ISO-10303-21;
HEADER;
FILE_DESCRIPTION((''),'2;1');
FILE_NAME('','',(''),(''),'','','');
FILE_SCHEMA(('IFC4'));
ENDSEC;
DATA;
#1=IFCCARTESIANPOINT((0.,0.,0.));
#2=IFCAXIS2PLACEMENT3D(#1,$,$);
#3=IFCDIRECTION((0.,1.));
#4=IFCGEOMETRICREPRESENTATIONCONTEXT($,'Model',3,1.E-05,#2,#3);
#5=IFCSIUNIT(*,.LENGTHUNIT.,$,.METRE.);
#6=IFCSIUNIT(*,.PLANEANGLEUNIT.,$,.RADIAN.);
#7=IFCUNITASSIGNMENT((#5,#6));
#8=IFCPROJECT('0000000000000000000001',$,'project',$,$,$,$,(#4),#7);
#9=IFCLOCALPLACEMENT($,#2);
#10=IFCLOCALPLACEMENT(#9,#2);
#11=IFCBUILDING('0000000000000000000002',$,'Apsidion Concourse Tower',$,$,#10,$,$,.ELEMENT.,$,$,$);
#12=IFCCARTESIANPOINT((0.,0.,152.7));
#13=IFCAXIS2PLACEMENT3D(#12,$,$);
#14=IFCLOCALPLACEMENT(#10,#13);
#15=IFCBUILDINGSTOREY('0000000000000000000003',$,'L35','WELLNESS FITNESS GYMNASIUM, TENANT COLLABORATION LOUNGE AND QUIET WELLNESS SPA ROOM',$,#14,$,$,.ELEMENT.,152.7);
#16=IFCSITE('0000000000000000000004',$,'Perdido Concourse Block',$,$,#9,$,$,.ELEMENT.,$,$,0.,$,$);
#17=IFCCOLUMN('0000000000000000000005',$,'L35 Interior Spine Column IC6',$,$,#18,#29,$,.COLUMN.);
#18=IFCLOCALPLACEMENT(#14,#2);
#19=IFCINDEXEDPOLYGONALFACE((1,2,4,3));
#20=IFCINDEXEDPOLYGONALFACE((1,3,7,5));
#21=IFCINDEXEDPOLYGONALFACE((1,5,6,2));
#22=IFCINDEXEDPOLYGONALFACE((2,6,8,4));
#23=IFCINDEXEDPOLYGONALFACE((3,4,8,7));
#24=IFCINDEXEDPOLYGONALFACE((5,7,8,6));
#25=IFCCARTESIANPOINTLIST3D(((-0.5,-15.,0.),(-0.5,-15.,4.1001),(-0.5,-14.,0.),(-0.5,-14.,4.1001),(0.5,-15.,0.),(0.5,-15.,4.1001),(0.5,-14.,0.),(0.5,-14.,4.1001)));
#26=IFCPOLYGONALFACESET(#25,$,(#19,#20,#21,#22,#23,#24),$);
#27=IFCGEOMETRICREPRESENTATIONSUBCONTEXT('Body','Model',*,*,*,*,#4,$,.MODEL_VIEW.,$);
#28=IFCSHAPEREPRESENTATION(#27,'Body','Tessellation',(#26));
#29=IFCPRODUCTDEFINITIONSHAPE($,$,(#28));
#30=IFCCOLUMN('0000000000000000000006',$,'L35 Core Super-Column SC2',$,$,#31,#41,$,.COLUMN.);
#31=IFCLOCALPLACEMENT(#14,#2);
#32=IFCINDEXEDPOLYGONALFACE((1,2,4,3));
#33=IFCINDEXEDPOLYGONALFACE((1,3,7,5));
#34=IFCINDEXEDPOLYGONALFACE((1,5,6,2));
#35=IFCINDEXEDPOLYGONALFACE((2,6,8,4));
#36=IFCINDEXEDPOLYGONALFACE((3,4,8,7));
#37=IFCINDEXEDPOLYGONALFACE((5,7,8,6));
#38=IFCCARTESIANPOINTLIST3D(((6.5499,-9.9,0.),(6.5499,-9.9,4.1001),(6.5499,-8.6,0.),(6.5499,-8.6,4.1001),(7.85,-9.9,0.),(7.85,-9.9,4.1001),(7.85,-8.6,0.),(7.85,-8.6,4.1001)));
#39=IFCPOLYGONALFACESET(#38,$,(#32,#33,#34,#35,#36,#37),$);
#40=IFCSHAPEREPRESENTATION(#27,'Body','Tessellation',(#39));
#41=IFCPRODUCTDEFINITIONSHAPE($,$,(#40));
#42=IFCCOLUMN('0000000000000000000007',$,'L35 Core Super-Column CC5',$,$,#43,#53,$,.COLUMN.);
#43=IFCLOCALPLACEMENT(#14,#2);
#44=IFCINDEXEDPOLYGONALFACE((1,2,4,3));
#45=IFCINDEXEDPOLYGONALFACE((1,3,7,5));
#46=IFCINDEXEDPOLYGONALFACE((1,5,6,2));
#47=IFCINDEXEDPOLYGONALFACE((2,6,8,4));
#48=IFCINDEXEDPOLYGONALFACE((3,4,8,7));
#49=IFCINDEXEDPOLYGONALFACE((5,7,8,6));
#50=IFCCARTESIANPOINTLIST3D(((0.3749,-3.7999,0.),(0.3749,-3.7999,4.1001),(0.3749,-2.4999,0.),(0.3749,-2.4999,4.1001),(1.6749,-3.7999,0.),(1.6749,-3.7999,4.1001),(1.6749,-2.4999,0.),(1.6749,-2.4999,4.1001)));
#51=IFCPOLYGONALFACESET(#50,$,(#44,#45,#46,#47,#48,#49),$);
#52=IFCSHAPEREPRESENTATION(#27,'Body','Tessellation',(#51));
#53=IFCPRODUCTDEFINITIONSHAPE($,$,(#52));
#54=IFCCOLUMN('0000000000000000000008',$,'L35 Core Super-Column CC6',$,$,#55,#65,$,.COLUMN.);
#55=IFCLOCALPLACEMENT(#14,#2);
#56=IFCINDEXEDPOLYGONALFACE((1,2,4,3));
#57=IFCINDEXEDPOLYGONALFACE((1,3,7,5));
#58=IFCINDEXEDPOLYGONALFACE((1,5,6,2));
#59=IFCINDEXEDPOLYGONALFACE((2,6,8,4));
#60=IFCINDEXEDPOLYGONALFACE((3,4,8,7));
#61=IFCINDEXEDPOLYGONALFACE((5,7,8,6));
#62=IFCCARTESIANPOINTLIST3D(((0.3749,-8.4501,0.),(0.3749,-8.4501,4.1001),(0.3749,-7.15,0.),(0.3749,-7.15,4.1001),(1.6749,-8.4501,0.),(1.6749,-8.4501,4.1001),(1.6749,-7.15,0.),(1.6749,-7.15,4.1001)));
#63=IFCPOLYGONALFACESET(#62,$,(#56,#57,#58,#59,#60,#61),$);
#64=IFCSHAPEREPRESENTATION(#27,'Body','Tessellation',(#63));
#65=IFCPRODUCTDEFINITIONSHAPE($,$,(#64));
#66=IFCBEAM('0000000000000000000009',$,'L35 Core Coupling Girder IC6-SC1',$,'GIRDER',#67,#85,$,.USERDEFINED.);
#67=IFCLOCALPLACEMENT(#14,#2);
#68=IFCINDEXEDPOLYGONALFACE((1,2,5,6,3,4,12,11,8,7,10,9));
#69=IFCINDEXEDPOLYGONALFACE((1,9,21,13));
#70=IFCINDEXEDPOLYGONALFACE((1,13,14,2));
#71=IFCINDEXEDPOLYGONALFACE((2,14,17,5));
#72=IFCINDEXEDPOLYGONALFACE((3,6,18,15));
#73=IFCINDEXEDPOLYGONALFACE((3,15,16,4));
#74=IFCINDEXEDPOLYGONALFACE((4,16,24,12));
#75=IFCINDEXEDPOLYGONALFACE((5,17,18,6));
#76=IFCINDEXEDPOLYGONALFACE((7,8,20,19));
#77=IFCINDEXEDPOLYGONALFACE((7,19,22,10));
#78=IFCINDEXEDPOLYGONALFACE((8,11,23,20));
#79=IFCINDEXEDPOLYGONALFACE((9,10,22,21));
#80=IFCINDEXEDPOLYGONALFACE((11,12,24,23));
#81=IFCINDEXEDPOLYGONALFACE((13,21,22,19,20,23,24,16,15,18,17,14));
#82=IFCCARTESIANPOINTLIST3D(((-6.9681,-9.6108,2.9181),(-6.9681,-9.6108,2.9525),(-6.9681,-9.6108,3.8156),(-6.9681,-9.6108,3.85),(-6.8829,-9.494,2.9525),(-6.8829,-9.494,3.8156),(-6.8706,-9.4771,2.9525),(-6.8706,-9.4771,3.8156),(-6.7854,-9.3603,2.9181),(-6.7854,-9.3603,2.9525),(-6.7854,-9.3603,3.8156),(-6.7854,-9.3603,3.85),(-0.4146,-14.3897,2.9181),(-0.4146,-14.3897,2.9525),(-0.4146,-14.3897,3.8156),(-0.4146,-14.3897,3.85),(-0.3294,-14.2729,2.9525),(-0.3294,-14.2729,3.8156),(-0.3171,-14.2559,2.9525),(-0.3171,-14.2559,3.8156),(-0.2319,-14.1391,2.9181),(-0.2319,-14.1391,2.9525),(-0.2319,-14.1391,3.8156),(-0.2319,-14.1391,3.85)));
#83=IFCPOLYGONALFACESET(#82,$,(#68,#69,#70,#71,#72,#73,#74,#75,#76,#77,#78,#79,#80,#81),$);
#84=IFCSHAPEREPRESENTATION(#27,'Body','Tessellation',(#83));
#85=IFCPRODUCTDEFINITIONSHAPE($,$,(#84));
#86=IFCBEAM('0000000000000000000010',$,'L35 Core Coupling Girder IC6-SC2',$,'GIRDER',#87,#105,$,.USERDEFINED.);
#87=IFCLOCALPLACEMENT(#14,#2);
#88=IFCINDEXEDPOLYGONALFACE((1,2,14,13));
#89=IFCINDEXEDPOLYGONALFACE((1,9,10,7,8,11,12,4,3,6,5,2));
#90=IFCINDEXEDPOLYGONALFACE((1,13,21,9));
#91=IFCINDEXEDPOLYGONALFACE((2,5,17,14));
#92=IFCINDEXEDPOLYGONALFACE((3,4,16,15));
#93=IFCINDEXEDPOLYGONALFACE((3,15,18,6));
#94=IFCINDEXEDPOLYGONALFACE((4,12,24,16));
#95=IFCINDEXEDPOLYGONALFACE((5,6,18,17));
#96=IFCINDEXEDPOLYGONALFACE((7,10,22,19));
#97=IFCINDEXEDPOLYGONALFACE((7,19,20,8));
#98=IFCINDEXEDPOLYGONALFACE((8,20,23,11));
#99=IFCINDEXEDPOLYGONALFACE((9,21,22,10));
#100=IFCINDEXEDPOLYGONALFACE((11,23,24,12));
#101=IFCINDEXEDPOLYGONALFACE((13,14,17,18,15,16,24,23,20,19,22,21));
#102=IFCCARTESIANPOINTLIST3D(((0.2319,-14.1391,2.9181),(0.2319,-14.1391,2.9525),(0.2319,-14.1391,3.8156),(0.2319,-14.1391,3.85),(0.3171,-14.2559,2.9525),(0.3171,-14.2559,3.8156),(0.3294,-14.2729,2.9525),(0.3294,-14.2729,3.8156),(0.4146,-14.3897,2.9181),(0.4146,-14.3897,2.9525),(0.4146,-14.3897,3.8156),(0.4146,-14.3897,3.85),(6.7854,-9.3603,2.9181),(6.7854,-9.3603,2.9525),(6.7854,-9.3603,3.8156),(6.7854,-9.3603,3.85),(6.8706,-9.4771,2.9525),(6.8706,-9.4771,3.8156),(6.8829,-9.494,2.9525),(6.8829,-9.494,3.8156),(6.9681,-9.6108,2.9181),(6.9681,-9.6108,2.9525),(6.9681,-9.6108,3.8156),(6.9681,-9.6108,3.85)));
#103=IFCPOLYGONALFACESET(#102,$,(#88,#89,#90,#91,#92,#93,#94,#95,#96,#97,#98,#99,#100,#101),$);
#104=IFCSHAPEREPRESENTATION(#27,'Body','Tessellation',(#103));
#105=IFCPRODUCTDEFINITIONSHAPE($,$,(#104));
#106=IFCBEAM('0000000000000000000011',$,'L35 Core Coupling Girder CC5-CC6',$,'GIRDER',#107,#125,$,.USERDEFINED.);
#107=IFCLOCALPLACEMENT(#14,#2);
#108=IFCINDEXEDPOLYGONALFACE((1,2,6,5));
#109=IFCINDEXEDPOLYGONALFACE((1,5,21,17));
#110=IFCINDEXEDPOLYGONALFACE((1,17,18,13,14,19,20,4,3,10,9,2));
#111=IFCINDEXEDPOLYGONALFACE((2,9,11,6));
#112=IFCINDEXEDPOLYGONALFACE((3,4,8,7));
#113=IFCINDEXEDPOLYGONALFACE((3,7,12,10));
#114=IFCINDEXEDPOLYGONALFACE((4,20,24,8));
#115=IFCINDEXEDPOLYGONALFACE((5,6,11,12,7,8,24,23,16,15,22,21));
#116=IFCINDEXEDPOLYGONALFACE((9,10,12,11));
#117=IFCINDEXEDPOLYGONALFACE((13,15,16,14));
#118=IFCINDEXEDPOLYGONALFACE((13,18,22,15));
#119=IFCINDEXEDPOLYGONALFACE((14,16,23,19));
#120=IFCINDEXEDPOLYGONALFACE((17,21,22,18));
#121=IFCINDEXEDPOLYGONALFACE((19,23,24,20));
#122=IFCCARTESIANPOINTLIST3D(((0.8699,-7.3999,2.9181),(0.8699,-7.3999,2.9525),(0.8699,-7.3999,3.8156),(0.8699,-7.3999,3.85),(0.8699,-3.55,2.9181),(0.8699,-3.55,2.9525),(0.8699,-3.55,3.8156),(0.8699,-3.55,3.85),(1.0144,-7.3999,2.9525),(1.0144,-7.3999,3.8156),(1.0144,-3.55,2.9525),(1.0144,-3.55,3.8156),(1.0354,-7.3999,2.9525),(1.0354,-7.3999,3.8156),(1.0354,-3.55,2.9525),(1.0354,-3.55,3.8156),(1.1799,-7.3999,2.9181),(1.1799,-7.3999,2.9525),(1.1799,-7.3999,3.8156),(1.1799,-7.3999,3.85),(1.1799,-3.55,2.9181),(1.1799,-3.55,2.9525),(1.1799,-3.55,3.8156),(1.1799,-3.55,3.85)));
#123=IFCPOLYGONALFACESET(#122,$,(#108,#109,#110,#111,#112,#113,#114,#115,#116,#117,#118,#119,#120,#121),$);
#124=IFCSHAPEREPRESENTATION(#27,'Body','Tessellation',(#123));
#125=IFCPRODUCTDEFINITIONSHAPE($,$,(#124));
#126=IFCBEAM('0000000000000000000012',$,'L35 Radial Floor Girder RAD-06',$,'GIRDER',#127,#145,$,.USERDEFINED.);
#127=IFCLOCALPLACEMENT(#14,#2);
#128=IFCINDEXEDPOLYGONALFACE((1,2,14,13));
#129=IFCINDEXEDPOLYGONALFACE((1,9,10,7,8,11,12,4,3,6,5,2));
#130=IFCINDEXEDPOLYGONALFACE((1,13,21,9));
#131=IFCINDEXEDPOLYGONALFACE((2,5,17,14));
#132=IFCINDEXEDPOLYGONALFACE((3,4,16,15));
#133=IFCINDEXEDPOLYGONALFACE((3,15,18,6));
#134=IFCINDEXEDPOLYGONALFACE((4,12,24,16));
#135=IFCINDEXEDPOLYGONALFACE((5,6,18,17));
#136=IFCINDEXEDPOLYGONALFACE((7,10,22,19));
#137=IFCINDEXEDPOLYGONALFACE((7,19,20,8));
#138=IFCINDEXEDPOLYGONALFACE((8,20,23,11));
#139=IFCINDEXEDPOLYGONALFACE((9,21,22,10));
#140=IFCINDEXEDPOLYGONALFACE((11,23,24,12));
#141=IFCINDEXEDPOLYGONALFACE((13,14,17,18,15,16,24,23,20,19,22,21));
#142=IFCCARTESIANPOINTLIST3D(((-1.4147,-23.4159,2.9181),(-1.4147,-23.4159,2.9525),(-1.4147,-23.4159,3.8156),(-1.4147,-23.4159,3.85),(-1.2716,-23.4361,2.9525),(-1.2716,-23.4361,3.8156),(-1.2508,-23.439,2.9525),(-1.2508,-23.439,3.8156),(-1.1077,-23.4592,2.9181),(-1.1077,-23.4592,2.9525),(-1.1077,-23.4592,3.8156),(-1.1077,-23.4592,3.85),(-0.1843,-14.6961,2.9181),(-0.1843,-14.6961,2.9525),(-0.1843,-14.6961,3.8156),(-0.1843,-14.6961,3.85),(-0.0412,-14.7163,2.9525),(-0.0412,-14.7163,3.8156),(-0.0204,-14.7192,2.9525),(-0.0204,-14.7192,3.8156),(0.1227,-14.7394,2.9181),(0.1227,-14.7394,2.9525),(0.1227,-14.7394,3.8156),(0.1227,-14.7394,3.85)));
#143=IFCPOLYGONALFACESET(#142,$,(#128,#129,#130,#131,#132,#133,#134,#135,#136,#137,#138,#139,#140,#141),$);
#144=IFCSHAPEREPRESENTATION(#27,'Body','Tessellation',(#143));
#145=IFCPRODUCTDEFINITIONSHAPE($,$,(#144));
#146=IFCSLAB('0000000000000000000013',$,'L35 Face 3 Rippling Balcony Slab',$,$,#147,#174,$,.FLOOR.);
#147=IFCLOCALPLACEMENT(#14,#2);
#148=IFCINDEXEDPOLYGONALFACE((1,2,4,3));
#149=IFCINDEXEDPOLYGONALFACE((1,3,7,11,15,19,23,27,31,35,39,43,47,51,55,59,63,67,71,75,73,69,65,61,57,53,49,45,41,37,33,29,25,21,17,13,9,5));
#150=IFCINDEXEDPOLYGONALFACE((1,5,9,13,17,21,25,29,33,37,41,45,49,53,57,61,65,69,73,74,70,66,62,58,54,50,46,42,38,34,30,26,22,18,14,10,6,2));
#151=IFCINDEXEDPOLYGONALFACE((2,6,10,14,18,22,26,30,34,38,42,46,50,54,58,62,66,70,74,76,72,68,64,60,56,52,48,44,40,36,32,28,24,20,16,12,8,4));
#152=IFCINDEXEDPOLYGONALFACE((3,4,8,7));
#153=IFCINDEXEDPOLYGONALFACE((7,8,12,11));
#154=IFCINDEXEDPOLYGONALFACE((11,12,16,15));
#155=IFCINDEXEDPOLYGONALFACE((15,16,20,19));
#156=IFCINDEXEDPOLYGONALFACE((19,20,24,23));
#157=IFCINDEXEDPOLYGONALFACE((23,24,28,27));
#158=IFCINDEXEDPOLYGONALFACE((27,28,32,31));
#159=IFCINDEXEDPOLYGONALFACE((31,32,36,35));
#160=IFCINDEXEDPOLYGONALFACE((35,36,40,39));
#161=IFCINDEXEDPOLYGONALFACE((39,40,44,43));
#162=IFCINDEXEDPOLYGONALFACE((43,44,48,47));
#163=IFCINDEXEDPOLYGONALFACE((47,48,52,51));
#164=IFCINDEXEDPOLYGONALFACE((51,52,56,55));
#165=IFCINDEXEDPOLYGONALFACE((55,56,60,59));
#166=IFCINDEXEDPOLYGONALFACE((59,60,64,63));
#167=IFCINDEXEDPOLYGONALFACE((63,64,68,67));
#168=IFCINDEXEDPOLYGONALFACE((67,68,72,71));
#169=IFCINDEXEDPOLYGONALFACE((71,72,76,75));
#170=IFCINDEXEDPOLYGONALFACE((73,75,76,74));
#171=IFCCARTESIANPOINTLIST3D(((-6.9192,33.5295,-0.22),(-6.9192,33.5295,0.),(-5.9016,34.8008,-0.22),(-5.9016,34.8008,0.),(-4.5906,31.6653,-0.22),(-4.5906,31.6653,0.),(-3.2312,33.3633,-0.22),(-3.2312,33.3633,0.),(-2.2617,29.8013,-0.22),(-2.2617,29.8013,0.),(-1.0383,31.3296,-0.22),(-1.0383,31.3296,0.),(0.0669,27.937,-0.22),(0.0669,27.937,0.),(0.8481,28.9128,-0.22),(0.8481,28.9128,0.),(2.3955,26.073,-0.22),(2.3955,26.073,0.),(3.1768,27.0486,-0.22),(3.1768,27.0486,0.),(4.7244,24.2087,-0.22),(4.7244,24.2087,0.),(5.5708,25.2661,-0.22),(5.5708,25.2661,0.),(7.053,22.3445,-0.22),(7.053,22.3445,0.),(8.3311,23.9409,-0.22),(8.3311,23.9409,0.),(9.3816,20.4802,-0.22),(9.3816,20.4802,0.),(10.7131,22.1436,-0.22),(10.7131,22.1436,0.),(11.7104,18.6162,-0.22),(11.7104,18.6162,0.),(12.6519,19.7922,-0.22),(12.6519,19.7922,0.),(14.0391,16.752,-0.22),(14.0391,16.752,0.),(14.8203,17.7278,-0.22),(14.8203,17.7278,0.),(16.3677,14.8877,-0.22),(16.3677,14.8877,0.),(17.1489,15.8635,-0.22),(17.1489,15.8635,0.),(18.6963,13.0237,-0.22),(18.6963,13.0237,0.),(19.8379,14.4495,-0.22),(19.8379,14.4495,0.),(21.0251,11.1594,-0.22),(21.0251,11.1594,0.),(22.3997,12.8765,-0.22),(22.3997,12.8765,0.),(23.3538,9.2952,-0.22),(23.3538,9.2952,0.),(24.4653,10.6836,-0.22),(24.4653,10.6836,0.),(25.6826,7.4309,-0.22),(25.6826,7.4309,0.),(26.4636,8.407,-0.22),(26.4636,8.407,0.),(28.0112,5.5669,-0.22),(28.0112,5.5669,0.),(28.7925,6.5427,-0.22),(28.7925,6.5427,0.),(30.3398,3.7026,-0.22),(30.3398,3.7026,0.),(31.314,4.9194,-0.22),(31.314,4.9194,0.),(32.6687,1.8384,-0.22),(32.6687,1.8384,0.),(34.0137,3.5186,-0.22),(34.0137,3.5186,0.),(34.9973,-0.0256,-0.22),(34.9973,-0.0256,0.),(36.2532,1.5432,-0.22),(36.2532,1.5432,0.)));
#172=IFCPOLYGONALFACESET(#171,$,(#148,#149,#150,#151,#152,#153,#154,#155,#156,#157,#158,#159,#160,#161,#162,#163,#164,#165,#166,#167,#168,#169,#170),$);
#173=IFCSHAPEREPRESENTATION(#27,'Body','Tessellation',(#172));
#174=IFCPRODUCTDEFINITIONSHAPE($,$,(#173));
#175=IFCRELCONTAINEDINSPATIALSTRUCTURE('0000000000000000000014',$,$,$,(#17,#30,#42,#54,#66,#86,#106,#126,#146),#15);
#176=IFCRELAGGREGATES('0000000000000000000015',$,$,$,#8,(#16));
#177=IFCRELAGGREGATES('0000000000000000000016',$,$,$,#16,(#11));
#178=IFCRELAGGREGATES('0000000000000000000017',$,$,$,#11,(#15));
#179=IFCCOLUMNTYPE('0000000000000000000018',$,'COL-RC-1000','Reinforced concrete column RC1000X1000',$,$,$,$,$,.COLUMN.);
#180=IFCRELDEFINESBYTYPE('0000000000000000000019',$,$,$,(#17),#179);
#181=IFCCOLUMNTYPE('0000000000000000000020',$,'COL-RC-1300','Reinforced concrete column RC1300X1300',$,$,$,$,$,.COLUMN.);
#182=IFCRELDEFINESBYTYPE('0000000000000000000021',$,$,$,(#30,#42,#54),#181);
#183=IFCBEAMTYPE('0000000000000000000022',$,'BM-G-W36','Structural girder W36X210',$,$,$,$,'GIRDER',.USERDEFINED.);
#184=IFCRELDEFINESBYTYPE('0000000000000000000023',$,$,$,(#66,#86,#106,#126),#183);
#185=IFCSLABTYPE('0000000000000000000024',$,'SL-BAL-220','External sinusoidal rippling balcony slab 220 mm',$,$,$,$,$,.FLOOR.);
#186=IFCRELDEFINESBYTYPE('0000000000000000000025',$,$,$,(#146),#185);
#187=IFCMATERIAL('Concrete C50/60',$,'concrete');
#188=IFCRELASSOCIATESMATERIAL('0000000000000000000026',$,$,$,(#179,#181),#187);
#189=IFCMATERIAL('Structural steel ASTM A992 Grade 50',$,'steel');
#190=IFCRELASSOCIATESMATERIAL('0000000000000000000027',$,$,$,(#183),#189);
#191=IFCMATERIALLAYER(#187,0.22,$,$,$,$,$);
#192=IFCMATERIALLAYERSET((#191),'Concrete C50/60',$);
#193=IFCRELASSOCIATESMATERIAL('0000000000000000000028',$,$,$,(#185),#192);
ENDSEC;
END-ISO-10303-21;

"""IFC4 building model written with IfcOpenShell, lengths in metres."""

from ifc_helpers import new_model, si_unit, direction, frame, origin, origin_2d, place, context, subcontext, project, spatial, polyline, rectangle, i_section, outline, extrude, material, layer, layer_set, material_profile, profile_set, type_object, element, save


model = new_model("IFC4")

# Units and contexts
model_context = context("Model", 3, precision=1e-05, world=origin(), true_north=direction((0.0, 1.0)))
body_context = subcontext(model_context, "Body", "Model", "MODEL_VIEW")
ifc_project = project(units=[si_unit("LENGTHUNIT", "METRE"), si_unit("PLANEANGLEUNIT", "RADIAN")], contexts=[model_context])

# Site, building, storey
site_placement = place(None, origin())
site = spatial("IfcSite", under=ifc_project, at=site_placement, Name="Perdido Concourse Block", CompositionType="ELEMENT", RefElevation=0.0)
building_placement = place(site_placement, origin())
building = spatial("IfcBuilding", under=site, at=building_placement, Name="Apsidion Concourse Tower", CompositionType="ELEMENT")
storey_placement = place(building_placement, frame((0.0, 0.0, 152.7)))
storey = spatial("IfcBuildingStorey", under=building, at=storey_placement, Name="L35", Description="WELLNESS FITNESS GYMNASIUM, TENANT COLLABORATION LOUNGE AND QUIET WELLNESS SPA ROOM", CompositionType="ELEMENT", Elevation=152.7)

# Columns
ifc_material_1 = material(Name="Concrete C50/60", Category="concrete")
ifc_material_profile_1 = material_profile(ifc_material_1, rectangle(XDim=1.0, YDim=1.0, at=origin_2d()), Name="RC 1000x1000")
ifc_profile_set_1 = profile_set([ifc_material_profile_1], Name="Concrete C50/60")
column_type_1 = type_object("IfcColumnType", Name="COL-RC-1000", Description="Reinforced concrete column RC1000X1000", PredefinedType="COLUMN", material=ifc_profile_set_1)
column_placement = place(storey_placement, frame((0.0, -14.5, 0.0), z_axis=(0.0, 0.0, 1.0), x_axis=(1.0, 0.0, 0.0)))
element("IfcColumn", 1, at=column_placement, inside=storey, type_object=column_type_1, Name="L35 Interior Spine Column IC6", PredefinedType="COLUMN", context=body_context, shape_type="SweptSolid", body=[
    extrude(rectangle(XDim=1.0, YDim=1.0, at=origin_2d()), origin(), (0.0, 0.0, 1.0), 4.1001),
])
ifc_material_profile_2 = material_profile(ifc_material_1, rectangle(XDim=1.3, YDim=1.3, at=origin_2d()), Name="RC 1300x1300")
ifc_profile_set_2 = profile_set([ifc_material_profile_2], Name="Concrete C50/60")
column_type_2 = type_object("IfcColumnType", Name="COL-RC-1300", Description="Reinforced concrete column RC1300X1300", PredefinedType="COLUMN", material=ifc_profile_set_2)
for number, where, z_axis, x_axis, name in (
    (2, (7.2, -9.25, 0.0), (0.0, 0.0, 1.0), (1.0, 0.0, 0.0), "L35 Core Super-Column SC2"),
    (3, (1.0249, -3.1499, 0.0), (0.0, 0.0, 1.0), (1.0, 0.0, 0.0), "L35 Core Super-Column CC5"),
    (4, (1.0249, -7.8, 0.0), (0.0, 0.0, 1.0), (1.0, 0.0, 0.0), "L35 Core Super-Column CC6"),
):
    element("IfcColumn", number, at=place(storey_placement, frame(where, z_axis=z_axis, x_axis=x_axis)), inside=storey, type_object=column_type_2, Name=name, PredefinedType="COLUMN", context=body_context, shape_type="SweptSolid", body=[
        extrude(rectangle(XDim=1.3, YDim=1.3, at=origin_2d()), origin(), (0.0, 0.0, 1.0), 4.1001),
    ])

# Beams
ifc_material_2 = material(Name="Structural steel ASTM A992 Grade 50", Category="steel")
ifc_material_profile_3 = material_profile(ifc_material_2, i_section(OverallWidth=0.3101, OverallDepth=0.9319, WebThickness=0.021, FlangeThickness=0.0344, at=origin_2d()), Name="W36X210")
ifc_profile_set_3 = profile_set([ifc_material_profile_3], Name="Structural steel ASTM A992 Grade 50")
beam_type = type_object("IfcBeamType", Name="BM-G-W36", Description="Structural girder W36X210", ElementType="GIRDER", PredefinedType="USERDEFINED", material=ifc_profile_set_3)
for number, where, z_axis, x_axis, name in (
    (5, (-0.3232, -14.2644, 3.384), (-0.807993, 0.589191, 0.0), (-0.589191, -0.807993, 0.0), "L35 Core Coupling Girder IC6-SC1"),
    (6, (0.3232, -14.2644, 3.384), (0.807993, 0.589191, 0.0), (-0.589191, 0.807993, 0.0), "L35 Core Coupling Girder IC6-SC2"),
):
    element("IfcBeam", number, at=place(storey_placement, frame(where, z_axis=z_axis, x_axis=x_axis)), inside=storey, type_object=beam_type, Name=name, ObjectType="GIRDER", PredefinedType="USERDEFINED", context=body_context, shape_type="SweptSolid", body=[
        extrude(i_section(OverallWidth=0.3101, OverallDepth=0.9319, WebThickness=0.021, FlangeThickness=0.0344, at=origin_2d()), origin(), (0.0, 0.0, 1.0), 8.1108),
    ])
beam_1_placement = place(storey_placement, frame((1.0249, -3.55, 3.384), z_axis=(0.0, -1.0, 0.0), x_axis=(1.0, 0.0, 0.0)))
element("IfcBeam", 7, at=beam_1_placement, inside=storey, type_object=beam_type, Name="L35 Core Coupling Girder CC5-CC6", ObjectType="GIRDER", PredefinedType="USERDEFINED", context=body_context, shape_type="SweptSolid", body=[
    extrude(i_section(OverallWidth=0.3101, OverallDepth=0.9319, WebThickness=0.021, FlangeThickness=0.0344, at=origin_2d()), origin(), (0.0, 0.0, 1.0), 3.8499),
])
beam_2_placement = place(storey_placement, frame((-0.0308, -14.7178, 3.384), z_axis=(-0.139729, -0.99019, 0.0), x_axis=(0.99019, -0.139729, 0.0)))
element("IfcBeam", 8, at=beam_2_placement, inside=storey, type_object=beam_type, Name="L35 Radial Floor Girder RAD-06", ObjectType="GIRDER", PredefinedType="USERDEFINED", context=body_context, shape_type="SweptSolid", body=[
    extrude(i_section(OverallWidth=0.3101, OverallDepth=0.9319, WebThickness=0.021, FlangeThickness=0.0344, at=origin_2d()), origin(), (0.0, 0.0, 1.0), 8.8062),
])

# Slab
ifc_layer_1 = layer(ifc_material_1, 0.22)
ifc_layer_set_1 = layer_set([ifc_layer_1], Name="Concrete C50/60")
slab_type_1 = type_object("IfcSlabType", Name="SL-BAL-220", Description="External sinusoidal rippling balcony slab 220 mm", PredefinedType="FLOOR", material=ifc_layer_set_1)
slab_1_placement = place(storey_placement, frame((0.0, 0.0, -0.22)))
element("IfcSlab", 9, at=slab_1_placement, inside=storey, type_object=slab_type_1, Name="L35 Face 3 Rippling Balcony Slab", PredefinedType="FLOOR", context=body_context, shape_type="SweptSolid", body=[
    extrude(outline(polyline([(34.9973, -0.0256), (32.6687, 1.8384), (30.3398, 3.7026), (28.0112, 5.5669), (25.6826, 7.4309), (23.3538, 9.2952), (21.0251, 11.1594), (18.6963, 13.0237), (16.3677, 14.8877), (14.0391, 16.752), (11.7104, 18.6162), (9.3816, 20.4802), (7.053, 22.3445), (4.7244, 24.2087), (2.3955, 26.073), (0.0669, 27.937), (-2.2617, 29.8013), (-4.5906, 31.6653), (-6.9192, 33.5295), (-5.9016, 34.8008), (-3.2312, 33.3633), (-1.0383, 31.3296), (0.8481, 28.9128), (3.1768, 27.0486), (5.5708, 25.2661), (8.3311, 23.9409), (10.7131, 22.1436), (12.6519, 19.7922), (14.8203, 17.7278), (17.1489, 15.8635), (19.8379, 14.4495), (22.3997, 12.8765), (24.4653, 10.6836), (26.4636, 8.407), (28.7925, 6.5427), (31.314, 4.9194), (34.0137, 3.5186), (36.2532, 1.5432), (34.9973, -0.0256)])), origin(), (0.0, 0.0, 1.0), 0.22),
])

save(model, "model.ifc")
